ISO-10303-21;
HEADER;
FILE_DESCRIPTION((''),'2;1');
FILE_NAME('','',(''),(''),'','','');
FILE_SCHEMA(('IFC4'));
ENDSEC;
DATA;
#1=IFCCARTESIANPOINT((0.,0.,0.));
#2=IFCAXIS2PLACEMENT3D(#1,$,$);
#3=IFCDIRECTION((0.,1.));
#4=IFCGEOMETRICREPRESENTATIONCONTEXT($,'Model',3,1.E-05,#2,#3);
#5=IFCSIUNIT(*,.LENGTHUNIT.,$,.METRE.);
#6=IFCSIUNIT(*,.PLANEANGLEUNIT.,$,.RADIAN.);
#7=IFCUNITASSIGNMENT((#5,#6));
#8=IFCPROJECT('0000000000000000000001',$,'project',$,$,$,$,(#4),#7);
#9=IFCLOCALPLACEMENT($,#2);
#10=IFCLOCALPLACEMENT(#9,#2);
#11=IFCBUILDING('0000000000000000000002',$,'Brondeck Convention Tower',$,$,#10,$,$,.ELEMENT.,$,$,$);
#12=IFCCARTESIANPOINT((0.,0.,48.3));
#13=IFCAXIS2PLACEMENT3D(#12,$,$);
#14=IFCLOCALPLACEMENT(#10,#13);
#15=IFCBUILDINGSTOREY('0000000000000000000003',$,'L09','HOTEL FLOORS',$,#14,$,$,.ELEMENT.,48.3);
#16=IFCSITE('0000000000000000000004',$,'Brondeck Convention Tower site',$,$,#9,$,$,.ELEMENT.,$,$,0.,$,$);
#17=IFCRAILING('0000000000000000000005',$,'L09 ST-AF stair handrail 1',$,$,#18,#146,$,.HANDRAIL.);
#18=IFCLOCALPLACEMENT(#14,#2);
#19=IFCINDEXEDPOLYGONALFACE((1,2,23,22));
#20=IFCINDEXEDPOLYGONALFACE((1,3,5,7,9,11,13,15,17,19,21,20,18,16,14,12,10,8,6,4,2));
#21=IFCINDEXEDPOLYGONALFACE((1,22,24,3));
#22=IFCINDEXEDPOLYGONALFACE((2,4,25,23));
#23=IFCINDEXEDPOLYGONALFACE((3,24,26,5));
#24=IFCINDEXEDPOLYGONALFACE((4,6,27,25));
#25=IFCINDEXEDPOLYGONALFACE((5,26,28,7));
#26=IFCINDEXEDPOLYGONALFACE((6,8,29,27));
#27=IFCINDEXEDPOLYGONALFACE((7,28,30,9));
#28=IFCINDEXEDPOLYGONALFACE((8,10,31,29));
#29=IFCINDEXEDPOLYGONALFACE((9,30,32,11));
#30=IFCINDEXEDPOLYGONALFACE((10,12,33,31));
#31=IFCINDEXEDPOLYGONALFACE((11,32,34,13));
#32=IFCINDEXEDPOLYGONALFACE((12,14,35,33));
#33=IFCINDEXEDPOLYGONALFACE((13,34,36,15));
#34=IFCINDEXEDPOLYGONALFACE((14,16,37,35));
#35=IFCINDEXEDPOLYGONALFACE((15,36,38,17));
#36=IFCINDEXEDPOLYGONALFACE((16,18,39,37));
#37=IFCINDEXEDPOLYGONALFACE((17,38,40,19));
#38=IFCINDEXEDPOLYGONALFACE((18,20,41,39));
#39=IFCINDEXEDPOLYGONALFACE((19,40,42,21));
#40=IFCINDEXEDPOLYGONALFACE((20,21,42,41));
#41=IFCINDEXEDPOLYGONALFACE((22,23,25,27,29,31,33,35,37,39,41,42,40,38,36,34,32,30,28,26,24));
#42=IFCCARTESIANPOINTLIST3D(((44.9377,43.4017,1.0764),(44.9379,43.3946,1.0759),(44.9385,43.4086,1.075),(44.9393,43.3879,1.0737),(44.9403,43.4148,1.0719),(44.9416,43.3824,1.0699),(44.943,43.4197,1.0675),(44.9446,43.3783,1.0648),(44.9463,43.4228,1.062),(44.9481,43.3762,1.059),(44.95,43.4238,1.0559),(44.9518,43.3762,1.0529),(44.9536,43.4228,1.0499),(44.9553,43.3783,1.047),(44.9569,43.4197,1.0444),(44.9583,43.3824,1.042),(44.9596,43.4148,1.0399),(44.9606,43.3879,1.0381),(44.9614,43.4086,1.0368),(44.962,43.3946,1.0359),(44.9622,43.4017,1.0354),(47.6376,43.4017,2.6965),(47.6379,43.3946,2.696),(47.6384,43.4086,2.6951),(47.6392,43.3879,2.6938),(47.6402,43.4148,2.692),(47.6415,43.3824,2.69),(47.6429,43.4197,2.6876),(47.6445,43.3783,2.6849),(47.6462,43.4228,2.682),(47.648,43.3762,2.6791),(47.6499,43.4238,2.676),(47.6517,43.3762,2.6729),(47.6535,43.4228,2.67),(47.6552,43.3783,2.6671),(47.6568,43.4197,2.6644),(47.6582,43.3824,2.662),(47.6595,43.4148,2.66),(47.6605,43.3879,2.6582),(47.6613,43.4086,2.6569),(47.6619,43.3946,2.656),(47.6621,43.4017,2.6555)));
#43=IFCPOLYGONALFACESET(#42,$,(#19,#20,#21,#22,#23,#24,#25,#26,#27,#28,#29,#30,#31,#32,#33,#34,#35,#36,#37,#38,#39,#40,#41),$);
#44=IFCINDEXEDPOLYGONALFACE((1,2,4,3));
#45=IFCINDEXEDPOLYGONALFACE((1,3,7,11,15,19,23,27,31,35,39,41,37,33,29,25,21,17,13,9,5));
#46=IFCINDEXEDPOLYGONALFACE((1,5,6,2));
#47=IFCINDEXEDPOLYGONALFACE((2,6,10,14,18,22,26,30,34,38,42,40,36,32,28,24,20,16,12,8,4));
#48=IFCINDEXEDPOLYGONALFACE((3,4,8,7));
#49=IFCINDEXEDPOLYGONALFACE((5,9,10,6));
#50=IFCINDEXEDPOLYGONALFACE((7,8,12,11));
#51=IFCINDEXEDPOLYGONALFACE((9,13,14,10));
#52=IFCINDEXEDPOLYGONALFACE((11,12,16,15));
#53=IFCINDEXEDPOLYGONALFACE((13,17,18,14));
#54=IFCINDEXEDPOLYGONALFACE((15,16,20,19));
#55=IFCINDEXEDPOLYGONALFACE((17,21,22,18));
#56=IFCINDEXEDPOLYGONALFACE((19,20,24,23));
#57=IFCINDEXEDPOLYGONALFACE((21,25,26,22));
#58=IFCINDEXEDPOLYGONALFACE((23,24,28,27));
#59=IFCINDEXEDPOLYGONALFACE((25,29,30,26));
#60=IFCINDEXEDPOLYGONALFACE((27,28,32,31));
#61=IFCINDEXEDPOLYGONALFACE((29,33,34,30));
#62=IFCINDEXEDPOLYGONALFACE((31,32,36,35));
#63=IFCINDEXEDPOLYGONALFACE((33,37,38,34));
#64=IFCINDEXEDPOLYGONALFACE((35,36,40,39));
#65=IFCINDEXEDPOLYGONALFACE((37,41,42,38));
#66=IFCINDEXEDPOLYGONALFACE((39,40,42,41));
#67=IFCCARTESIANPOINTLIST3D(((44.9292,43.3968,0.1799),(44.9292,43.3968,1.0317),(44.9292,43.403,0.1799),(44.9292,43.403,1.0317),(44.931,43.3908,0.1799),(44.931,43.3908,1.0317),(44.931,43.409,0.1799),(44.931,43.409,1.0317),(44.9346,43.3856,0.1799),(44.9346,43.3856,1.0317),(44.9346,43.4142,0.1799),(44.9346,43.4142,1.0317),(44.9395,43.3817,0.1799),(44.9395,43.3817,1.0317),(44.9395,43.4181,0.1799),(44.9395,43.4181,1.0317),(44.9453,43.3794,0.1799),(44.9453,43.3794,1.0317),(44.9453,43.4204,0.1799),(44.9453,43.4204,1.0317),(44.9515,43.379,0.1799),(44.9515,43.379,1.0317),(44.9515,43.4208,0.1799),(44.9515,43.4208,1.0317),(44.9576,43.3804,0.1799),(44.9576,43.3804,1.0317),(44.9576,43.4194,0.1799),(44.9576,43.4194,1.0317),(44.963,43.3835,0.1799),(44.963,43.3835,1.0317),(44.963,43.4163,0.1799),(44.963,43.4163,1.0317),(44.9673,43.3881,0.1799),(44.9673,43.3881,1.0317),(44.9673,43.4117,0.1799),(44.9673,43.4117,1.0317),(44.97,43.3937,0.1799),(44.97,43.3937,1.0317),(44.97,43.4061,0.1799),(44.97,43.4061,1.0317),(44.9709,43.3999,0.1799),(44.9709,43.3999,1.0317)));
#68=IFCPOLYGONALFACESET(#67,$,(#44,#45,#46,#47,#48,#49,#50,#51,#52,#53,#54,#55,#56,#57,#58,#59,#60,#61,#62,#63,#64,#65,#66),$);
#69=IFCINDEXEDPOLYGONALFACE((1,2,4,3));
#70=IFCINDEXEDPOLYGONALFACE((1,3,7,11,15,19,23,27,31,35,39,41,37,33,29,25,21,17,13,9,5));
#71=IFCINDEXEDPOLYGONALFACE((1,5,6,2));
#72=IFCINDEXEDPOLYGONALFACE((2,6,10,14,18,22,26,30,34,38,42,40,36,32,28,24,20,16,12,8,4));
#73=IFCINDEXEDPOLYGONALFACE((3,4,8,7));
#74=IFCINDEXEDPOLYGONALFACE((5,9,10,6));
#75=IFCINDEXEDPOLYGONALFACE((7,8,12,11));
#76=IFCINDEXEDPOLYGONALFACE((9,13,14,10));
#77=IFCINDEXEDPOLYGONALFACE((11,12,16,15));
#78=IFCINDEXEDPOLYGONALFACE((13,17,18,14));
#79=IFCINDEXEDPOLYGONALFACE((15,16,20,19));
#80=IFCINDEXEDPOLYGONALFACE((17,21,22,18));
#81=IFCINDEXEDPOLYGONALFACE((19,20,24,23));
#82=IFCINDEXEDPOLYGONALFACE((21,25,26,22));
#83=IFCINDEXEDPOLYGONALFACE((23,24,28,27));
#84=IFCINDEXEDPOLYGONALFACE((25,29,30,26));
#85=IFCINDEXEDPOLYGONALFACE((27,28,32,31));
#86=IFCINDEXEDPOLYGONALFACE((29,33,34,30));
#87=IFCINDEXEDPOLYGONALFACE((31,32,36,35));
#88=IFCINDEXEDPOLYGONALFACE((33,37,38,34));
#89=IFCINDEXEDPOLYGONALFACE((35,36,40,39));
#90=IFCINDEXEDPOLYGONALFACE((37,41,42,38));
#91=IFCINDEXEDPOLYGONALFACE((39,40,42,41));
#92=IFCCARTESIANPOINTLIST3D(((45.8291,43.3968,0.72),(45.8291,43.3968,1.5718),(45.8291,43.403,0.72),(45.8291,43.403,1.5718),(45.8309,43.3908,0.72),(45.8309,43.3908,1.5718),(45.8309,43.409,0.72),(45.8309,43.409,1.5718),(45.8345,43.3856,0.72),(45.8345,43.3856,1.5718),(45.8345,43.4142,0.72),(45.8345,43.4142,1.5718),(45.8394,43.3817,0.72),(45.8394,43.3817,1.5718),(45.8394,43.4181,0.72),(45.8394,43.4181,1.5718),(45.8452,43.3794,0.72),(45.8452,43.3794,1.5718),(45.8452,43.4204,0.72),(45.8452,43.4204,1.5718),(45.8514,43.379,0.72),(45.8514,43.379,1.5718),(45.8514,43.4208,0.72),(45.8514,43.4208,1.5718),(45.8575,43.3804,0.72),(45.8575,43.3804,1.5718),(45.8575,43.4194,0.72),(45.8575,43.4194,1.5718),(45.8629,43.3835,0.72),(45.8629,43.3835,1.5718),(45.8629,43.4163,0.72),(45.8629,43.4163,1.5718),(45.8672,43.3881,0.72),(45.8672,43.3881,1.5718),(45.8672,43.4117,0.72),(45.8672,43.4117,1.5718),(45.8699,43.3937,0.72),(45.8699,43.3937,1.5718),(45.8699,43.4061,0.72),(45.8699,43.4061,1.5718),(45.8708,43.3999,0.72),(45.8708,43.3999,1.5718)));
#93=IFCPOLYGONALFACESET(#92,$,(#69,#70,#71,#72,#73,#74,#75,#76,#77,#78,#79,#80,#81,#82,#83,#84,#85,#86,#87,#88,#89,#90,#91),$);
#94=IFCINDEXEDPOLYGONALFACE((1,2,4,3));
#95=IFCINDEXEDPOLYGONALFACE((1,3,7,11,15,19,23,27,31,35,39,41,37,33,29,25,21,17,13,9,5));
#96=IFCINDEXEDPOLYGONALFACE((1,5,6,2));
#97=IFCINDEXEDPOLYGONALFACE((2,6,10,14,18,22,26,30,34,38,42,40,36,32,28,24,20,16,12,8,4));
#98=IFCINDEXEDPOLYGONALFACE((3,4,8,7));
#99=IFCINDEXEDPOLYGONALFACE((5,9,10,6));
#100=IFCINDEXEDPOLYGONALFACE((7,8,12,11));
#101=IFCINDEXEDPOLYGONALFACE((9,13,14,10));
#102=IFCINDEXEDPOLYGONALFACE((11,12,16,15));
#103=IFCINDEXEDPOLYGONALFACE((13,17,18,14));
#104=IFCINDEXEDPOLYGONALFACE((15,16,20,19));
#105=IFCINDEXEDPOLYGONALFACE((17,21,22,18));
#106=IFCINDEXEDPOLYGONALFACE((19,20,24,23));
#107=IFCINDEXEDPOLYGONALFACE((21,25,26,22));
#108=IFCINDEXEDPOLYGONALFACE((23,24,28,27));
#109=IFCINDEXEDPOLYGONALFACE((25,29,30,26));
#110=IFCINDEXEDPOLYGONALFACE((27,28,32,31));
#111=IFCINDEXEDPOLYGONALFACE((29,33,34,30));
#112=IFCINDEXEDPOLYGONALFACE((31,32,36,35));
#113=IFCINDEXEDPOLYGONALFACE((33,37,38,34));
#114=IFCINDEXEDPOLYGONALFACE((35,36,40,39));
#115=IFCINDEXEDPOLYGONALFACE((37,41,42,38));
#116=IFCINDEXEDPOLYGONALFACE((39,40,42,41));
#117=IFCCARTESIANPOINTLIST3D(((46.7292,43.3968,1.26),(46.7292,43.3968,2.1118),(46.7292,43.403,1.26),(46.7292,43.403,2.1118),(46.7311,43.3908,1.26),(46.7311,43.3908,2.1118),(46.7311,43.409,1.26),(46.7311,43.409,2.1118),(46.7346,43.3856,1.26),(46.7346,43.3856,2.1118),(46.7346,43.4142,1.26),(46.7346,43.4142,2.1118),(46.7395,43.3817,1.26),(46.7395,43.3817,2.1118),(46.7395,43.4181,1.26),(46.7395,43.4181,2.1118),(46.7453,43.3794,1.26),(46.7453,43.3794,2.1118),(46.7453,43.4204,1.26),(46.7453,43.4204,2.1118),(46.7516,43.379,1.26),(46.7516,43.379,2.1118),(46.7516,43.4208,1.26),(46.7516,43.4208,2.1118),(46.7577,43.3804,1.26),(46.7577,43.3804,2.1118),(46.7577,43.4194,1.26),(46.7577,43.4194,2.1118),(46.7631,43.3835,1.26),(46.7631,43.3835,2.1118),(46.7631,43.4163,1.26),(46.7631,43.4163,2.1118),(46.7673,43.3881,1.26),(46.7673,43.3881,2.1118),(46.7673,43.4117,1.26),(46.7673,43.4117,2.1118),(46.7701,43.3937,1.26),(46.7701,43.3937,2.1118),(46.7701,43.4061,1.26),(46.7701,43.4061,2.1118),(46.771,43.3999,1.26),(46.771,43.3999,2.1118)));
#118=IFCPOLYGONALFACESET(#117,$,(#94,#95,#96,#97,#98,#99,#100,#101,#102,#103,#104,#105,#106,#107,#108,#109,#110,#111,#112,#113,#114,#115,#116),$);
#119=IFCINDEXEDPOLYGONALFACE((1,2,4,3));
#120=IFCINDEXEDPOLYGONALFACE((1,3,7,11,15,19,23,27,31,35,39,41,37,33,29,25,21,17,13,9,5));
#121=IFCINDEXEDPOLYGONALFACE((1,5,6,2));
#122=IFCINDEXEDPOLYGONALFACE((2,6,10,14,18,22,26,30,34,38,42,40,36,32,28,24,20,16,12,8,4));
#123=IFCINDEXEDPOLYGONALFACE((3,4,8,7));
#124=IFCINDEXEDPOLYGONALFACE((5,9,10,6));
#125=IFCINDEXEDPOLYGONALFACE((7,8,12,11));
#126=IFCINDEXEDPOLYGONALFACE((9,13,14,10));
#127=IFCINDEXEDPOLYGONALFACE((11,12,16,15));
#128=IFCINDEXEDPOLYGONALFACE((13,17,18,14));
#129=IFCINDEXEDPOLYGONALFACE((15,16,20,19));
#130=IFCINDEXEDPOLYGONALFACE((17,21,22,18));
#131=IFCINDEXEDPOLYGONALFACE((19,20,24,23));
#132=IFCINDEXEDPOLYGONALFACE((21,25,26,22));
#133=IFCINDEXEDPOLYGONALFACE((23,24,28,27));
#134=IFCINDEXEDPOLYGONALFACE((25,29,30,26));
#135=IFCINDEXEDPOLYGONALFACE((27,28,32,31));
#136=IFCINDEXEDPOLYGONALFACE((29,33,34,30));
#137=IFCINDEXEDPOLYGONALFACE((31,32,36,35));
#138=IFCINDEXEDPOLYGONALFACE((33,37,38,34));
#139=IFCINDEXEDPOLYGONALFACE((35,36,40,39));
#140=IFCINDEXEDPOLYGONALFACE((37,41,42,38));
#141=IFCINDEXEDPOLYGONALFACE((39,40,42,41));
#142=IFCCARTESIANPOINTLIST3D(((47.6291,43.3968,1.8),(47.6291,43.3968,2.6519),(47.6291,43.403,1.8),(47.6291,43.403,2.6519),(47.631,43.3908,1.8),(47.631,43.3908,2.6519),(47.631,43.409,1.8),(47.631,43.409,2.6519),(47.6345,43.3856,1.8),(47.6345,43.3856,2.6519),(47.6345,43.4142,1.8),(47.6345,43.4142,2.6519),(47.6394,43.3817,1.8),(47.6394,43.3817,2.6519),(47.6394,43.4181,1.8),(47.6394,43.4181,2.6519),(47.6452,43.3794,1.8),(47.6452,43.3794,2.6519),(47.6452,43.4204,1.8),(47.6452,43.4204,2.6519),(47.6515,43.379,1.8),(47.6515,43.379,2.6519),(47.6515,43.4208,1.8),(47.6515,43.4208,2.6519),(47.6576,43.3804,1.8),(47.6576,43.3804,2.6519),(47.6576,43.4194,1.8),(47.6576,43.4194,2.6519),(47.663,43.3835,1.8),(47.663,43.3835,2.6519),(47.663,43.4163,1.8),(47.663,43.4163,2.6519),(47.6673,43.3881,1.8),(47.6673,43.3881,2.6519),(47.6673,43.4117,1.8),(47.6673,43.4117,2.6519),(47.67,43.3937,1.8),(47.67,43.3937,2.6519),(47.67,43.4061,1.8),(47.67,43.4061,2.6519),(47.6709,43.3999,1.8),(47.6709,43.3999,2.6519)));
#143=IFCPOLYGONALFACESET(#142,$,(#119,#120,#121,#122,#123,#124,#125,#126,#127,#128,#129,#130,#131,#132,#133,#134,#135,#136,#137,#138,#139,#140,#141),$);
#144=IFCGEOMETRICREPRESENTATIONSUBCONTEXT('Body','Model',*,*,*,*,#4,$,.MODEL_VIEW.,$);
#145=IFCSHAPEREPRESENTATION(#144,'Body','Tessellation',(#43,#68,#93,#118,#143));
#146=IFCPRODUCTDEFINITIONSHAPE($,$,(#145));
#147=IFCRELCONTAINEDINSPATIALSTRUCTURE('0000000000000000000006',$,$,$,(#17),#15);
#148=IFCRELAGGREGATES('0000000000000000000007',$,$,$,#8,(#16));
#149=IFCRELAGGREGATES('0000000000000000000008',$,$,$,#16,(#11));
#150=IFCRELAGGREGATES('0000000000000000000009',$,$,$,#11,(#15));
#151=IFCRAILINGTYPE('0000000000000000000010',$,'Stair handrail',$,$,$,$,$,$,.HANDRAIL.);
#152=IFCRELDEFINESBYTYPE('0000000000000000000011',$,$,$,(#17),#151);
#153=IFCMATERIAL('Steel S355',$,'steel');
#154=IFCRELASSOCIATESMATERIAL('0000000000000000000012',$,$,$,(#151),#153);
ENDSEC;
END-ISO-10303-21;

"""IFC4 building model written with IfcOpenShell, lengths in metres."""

from ifc_helpers import new_model, si_unit, direction, frame, origin, origin_2d, place, context, subcontext, project, spatial, circle, extrude, material, type_object, element, save


model = new_model("IFC4")

# Units and contexts
model_context = context("Model", 3, precision=1e-05, world=origin(), true_north=direction((0.0, 1.0)))
body_context = subcontext(model_context, "Body", "Model", "MODEL_VIEW")
ifc_project = project(units=[si_unit("LENGTHUNIT", "METRE"), si_unit("PLANEANGLEUNIT", "RADIAN")], contexts=[model_context])

# Site, building, storey
site_placement = place(None, origin())
site = spatial("IfcSite", under=ifc_project, at=site_placement, Name="Brondeck Convention Tower site", CompositionType="ELEMENT", RefElevation=0.0)
building_placement = place(site_placement, origin())
building = spatial("IfcBuilding", under=site, at=building_placement, Name="Brondeck Convention Tower", CompositionType="ELEMENT")
storey_placement = place(building_placement, frame((0.0, 0.0, 48.3)))
storey = spatial("IfcBuildingStorey", under=building, at=storey_placement, Name="L09", Description="HOTEL FLOORS", CompositionType="ELEMENT", Elevation=48.3)

# Shared definitions
ifc_material_1 = material(Name="Steel S355", Category="steel")

# Railing
railing_type_1 = type_object("IfcRailingType", Name="Stair handrail", PredefinedType="HANDRAIL", material=ifc_material_1)
railing_1_placement = place(storey_placement, frame((44.95, 43.3999, 0.1799)))
element("IfcRailing", 1, at=railing_1_placement, inside=storey, type_object=railing_type_1, Name="L09 ST-AF stair handrail 1", PredefinedType="HANDRAIL", context=body_context, shape_type="SweptSolid", body=[
    extrude(circle(Radius=0.0239, at=origin_2d()), frame((0.0, 0.0, 0.876), z_axis=(0.857472, 0.0, 0.51453), x_axis=(0.0, 1.0, 0.0)), (0.0, 0.0, 1.0), 3.1487),
    extrude(circle(Radius=0.021, at=origin_2d()), origin(), (0.0, 0.0, 1.0), 0.8518),
    extrude(circle(Radius=0.021, at=origin_2d()), frame((0.8999, 0.0, 0.54)), (0.0, 0.0, 1.0), 0.8518),
    extrude(circle(Radius=0.021, at=origin_2d()), frame((1.8, 0.0, 1.0801)), (0.0, 0.0, 1.0), 0.8518),
    extrude(circle(Radius=0.021, at=origin_2d()), frame((2.7, 0.0, 1.6201)), (0.0, 0.0, 1.0), 0.8518),
])

save(model, "model.ifc")
